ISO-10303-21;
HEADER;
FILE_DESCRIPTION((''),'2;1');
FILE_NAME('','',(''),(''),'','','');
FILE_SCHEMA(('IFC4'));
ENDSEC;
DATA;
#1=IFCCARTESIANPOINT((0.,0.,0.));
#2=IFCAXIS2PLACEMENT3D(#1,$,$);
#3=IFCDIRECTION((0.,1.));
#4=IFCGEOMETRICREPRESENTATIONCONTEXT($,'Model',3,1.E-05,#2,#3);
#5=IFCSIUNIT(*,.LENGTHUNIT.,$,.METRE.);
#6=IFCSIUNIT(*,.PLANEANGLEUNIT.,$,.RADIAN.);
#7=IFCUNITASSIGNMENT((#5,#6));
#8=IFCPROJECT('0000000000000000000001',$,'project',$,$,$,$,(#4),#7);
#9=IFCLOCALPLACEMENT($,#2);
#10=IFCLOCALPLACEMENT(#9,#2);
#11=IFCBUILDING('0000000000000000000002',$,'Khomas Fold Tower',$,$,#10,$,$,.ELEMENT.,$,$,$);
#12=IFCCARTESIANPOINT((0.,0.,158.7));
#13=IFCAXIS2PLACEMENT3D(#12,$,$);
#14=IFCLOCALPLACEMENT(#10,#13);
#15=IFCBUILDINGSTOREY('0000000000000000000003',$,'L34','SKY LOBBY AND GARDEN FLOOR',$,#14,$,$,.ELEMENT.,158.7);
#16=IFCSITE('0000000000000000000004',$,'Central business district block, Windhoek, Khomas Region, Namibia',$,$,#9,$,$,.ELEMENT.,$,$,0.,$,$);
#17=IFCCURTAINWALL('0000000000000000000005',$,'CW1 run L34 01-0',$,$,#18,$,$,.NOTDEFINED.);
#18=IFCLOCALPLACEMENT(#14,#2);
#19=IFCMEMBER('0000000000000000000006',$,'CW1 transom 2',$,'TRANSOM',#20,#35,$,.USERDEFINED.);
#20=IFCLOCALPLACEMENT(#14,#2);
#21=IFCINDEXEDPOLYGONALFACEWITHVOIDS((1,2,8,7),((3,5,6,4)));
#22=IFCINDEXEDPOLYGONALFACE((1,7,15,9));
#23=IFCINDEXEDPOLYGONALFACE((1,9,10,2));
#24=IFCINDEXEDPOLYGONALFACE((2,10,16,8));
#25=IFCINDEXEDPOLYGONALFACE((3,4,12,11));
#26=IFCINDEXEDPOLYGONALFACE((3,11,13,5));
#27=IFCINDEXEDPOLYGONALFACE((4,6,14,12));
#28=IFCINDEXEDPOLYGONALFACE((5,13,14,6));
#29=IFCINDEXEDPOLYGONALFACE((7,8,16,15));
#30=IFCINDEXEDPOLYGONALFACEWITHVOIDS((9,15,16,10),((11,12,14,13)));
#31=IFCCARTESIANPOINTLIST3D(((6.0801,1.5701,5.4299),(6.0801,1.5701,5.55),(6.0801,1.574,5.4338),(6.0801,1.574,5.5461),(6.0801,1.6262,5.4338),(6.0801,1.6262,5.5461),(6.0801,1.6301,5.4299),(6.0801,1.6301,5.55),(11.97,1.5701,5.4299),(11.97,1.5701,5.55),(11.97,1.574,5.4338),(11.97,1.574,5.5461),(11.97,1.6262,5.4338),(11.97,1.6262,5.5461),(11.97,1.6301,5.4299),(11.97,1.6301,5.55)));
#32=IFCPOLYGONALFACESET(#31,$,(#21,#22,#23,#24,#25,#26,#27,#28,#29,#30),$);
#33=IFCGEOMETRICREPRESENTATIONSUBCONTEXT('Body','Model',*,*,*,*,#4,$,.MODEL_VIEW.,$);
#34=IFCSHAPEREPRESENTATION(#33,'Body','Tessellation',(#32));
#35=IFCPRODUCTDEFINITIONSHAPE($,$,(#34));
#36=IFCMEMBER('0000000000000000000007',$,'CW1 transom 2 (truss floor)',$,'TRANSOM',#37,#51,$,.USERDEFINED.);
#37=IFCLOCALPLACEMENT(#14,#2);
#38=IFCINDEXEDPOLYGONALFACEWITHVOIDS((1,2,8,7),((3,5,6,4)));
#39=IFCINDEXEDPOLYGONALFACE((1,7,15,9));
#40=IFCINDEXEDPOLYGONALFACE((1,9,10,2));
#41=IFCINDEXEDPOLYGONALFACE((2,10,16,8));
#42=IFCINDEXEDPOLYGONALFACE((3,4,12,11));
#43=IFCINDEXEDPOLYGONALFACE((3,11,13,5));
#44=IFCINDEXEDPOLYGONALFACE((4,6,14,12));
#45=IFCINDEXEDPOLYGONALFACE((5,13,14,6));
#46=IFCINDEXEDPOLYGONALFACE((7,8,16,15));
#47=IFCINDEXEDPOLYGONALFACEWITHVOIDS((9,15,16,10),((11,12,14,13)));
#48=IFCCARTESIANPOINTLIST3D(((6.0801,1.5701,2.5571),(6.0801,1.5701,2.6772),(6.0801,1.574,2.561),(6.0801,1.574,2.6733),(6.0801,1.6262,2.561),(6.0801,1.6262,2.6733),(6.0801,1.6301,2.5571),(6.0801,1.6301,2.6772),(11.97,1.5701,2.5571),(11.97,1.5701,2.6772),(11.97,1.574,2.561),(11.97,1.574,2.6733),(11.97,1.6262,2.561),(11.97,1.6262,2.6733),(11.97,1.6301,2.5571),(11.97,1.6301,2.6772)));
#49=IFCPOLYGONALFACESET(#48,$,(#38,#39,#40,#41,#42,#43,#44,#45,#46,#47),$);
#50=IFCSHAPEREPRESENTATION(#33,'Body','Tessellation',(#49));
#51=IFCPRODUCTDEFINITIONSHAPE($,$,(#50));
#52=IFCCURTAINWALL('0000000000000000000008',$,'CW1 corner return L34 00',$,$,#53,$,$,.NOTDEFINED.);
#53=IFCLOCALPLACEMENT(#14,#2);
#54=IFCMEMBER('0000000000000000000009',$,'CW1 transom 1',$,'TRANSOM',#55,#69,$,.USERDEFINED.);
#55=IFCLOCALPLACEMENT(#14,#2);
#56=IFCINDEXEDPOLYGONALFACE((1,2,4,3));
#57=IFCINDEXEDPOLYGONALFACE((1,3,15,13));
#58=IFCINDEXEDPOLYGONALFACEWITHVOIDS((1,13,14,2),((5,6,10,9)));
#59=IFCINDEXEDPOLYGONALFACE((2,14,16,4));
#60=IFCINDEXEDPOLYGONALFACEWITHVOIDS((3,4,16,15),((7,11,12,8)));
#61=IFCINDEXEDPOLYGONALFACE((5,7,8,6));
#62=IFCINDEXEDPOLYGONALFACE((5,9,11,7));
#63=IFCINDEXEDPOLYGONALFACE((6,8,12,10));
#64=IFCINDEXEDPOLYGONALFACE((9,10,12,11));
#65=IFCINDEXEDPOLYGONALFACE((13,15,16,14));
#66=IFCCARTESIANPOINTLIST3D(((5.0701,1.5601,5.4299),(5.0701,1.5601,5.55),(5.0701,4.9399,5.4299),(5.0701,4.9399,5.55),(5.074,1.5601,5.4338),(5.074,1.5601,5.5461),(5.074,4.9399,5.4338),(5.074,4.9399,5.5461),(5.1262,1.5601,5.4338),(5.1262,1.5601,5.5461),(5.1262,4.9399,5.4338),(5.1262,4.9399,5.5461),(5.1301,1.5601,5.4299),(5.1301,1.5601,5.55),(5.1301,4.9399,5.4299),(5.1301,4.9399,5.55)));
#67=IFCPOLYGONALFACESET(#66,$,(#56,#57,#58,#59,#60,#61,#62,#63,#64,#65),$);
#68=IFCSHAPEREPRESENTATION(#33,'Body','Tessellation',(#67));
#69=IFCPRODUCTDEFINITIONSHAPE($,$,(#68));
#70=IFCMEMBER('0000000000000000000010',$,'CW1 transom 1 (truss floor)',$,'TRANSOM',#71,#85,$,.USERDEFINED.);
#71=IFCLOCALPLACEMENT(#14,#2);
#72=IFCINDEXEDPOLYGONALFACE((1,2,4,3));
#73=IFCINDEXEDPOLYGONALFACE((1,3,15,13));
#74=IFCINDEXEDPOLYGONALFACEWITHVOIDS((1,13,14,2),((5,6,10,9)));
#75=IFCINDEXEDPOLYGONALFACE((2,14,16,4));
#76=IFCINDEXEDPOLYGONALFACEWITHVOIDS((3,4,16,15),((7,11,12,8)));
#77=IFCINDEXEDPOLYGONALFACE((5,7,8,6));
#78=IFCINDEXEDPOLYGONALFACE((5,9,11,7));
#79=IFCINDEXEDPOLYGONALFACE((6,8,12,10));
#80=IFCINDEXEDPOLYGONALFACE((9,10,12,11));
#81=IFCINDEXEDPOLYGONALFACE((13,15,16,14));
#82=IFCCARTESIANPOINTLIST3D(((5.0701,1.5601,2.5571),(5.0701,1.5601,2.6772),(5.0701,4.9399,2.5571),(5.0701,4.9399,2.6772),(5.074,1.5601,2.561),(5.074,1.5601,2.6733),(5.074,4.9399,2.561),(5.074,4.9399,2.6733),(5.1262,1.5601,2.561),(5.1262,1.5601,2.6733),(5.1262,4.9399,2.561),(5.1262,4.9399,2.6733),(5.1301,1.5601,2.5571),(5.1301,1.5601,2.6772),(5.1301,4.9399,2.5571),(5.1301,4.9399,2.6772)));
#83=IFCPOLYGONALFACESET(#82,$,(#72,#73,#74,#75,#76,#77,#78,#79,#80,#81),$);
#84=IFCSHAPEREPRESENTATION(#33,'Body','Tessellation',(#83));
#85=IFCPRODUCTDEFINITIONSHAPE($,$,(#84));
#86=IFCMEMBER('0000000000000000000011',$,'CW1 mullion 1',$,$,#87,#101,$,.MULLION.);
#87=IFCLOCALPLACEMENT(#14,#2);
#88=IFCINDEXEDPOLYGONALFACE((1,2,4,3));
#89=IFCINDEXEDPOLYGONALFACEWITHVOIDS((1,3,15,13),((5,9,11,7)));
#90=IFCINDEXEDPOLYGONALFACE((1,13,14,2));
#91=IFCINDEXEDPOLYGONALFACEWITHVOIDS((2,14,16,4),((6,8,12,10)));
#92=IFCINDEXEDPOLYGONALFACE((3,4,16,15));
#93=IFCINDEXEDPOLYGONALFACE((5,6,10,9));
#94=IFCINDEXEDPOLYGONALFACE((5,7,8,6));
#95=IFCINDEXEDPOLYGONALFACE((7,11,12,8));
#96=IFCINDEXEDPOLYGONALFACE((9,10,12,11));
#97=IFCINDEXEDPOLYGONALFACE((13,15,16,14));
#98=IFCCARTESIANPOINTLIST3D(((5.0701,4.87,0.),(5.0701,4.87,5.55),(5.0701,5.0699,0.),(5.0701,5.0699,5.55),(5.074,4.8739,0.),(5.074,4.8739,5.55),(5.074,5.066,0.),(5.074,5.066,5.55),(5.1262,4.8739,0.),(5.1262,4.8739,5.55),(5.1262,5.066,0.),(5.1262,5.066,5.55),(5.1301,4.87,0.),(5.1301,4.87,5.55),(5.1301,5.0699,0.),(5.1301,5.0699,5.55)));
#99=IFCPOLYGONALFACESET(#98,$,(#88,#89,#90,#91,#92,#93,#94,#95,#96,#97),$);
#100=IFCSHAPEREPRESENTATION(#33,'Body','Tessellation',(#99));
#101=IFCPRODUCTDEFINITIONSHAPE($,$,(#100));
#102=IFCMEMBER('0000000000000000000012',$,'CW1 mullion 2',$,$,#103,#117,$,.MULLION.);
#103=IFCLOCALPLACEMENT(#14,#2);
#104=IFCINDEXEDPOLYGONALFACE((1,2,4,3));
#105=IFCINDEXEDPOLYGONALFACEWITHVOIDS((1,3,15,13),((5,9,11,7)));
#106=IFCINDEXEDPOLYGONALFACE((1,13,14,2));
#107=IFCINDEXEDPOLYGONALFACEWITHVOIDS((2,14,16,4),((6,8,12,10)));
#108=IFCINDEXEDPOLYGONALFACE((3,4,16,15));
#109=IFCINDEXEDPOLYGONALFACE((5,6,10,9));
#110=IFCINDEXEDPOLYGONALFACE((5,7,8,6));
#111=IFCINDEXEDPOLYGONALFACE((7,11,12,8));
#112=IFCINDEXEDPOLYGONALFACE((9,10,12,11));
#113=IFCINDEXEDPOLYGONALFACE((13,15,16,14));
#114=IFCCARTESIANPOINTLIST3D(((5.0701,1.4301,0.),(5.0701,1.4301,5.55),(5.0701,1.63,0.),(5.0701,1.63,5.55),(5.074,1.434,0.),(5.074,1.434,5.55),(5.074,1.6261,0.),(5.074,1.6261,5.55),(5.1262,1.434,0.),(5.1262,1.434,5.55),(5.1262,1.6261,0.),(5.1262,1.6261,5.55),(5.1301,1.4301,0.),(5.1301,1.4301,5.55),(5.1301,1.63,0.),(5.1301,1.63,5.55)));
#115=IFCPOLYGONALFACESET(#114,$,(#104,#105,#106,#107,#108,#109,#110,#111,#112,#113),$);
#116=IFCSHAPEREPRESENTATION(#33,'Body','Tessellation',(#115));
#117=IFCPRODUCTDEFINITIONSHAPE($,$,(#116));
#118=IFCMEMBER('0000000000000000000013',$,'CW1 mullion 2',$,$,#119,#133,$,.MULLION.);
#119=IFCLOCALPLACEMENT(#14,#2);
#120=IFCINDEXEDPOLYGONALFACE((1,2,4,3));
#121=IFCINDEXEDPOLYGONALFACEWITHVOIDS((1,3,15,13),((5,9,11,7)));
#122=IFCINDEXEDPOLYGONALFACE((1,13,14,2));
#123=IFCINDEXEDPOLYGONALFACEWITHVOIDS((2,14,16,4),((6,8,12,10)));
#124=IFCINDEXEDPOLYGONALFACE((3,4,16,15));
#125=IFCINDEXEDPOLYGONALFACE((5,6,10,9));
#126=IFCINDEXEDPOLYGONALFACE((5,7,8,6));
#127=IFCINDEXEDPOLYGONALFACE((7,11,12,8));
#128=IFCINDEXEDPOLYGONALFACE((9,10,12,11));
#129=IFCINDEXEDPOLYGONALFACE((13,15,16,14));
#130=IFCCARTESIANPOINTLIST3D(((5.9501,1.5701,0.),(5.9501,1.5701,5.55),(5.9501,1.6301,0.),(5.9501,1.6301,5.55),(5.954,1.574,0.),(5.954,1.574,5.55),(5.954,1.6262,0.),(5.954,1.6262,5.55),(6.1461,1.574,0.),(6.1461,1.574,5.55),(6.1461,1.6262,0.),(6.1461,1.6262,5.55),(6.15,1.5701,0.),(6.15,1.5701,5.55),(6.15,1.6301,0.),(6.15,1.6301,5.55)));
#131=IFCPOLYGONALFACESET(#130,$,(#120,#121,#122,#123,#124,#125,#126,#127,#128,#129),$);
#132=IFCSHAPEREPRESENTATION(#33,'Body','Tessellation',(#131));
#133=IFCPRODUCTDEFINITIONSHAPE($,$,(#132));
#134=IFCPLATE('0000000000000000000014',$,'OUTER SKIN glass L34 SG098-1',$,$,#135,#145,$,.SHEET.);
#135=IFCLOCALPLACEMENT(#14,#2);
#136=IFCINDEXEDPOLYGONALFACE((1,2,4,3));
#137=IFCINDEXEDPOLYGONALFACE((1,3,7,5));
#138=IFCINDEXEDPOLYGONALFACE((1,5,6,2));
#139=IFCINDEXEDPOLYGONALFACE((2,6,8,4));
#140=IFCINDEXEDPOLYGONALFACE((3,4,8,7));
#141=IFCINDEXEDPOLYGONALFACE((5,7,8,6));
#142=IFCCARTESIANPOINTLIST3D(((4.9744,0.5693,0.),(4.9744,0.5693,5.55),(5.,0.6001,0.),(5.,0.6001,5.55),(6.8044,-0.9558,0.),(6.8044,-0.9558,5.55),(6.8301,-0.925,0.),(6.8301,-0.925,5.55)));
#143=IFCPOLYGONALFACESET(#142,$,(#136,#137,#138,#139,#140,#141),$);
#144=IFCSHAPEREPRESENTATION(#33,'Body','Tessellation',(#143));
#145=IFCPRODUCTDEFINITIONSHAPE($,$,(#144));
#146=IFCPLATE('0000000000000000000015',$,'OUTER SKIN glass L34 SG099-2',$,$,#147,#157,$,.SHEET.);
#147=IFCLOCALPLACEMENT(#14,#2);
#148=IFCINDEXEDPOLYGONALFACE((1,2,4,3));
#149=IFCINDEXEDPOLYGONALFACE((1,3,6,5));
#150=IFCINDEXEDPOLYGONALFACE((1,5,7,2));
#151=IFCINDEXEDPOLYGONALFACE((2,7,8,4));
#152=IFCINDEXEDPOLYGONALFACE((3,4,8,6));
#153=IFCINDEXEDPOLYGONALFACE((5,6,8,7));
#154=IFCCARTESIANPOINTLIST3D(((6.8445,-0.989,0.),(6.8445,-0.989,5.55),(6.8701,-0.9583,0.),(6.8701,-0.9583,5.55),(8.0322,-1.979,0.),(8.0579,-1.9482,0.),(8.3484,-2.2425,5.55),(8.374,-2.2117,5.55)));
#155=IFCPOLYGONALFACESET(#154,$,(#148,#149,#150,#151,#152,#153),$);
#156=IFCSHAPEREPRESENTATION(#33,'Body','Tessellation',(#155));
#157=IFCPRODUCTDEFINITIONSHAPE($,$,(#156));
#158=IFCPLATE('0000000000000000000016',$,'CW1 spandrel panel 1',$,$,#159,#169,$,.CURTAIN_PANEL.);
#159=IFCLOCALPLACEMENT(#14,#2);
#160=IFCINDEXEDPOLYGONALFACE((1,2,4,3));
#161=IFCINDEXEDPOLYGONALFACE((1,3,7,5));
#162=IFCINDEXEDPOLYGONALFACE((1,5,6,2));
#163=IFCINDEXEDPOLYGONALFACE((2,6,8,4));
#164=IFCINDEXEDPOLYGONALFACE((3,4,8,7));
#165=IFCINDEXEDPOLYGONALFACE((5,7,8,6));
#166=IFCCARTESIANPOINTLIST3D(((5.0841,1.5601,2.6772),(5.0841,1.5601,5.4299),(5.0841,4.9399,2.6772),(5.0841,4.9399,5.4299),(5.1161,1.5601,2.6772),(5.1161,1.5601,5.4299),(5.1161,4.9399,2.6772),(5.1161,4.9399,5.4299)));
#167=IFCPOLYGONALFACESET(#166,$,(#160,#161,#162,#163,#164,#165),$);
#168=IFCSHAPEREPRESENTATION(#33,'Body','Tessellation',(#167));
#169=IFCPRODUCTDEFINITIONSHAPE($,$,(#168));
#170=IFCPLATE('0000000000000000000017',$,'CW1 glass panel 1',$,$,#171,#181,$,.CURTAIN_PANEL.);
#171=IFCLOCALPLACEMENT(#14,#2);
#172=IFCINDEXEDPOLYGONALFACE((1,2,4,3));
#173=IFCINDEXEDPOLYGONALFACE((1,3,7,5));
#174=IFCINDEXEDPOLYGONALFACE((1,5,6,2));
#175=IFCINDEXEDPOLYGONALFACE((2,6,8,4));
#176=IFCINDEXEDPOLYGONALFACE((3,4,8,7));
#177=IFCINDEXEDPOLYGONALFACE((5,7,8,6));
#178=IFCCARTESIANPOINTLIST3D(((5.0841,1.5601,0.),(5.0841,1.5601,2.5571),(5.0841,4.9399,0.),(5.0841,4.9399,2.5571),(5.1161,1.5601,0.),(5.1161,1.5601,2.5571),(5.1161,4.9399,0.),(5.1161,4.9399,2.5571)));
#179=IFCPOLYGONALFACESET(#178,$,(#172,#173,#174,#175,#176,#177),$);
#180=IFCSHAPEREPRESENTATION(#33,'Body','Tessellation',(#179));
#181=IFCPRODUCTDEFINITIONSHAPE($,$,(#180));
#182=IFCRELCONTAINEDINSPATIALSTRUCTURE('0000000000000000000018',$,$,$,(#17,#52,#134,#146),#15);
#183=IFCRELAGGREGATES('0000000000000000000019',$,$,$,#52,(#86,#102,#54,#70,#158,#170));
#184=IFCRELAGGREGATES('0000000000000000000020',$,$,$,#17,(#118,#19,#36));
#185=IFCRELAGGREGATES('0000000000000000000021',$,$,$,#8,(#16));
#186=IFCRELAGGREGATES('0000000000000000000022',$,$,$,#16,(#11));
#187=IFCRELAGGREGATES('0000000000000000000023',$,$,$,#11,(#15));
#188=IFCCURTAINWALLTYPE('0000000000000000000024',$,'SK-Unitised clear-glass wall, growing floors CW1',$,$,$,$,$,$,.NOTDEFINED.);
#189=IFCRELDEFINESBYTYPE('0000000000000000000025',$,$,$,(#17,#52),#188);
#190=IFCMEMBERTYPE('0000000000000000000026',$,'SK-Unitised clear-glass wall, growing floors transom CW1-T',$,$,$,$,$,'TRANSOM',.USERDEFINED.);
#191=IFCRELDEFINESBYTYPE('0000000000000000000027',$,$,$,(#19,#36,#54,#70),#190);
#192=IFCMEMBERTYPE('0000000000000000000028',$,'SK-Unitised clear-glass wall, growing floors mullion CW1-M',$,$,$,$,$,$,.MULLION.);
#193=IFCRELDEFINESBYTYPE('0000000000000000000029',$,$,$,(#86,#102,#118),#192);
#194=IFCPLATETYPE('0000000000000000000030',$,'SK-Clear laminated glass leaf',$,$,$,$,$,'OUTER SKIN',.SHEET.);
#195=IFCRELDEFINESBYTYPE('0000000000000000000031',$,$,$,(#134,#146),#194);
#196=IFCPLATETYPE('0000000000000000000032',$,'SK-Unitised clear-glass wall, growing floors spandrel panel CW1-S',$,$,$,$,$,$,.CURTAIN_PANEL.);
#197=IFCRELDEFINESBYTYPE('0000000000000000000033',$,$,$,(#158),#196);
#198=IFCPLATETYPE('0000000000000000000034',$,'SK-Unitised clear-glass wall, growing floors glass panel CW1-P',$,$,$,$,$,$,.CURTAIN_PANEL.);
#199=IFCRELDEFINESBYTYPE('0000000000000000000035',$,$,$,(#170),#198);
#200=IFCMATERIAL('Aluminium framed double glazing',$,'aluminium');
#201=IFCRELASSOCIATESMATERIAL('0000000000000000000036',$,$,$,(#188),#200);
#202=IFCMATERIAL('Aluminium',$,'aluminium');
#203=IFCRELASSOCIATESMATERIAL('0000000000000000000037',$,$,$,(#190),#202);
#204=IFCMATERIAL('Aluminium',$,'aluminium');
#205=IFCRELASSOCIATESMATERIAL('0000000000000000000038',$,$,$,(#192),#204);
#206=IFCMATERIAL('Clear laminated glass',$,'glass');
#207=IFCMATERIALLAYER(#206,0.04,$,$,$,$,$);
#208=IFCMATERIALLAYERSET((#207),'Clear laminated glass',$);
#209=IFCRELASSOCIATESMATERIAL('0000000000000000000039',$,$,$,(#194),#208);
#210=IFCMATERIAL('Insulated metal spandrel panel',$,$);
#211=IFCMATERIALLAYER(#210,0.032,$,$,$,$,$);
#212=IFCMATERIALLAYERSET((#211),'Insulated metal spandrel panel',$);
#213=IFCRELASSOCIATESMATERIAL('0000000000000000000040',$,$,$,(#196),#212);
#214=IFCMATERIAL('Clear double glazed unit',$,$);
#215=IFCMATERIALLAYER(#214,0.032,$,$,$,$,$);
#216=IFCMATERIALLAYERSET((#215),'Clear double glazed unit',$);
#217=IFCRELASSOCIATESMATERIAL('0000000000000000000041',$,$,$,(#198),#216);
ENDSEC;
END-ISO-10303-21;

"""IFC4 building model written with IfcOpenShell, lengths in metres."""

from ifc_helpers import new_model, si_unit, direction, frame, origin, origin_2d, place, context, subcontext, project, spatial, polyline, rectangle, hollow_rectangle, outline, extrude, source, transform, mapped, material, layer, layer_set, material_profile, profile_set, type_object, element, aggregate, save


model = new_model("IFC4")

# Units and contexts
model_context = context("Model", 3, precision=1e-05, world=origin(), true_north=direction((0.0, 1.0)))
body_context = subcontext(model_context, "Body", "Model", "MODEL_VIEW")
ifc_project = project(units=[si_unit("LENGTHUNIT", "METRE"), si_unit("PLANEANGLEUNIT", "RADIAN")], contexts=[model_context])

# Site, building, storey
site_placement = place(None, origin())
site = spatial("IfcSite", under=ifc_project, at=site_placement, Name="Central business district block, Windhoek, Khomas Region, Namibia", CompositionType="ELEMENT", RefElevation=0.0)
building_placement = place(site_placement, origin())
building = spatial("IfcBuilding", under=site, at=building_placement, Name="Khomas Fold Tower", CompositionType="ELEMENT")
storey_placement = place(building_placement, frame((0.0, 0.0, 158.7)))
storey = spatial("IfcBuildingStorey", under=building, at=storey_placement, Name="L34", Description="SKY LOBBY AND GARDEN FLOOR", CompositionType="ELEMENT", Elevation=158.7)

# Curtain walls, members
ifc_material_1 = material(Name="Aluminium framed double glazing", Category="aluminium")
curtain_wall_type = type_object("IfcCurtainWallType", Name="SK-Unitised clear-glass wall, growing floors CW1", PredefinedType="NOTDEFINED", material=ifc_material_1)
curtain_wall_1_placement = place(storey_placement, origin())
curtain_wall_1 = element("IfcCurtainWall", 1, at=curtain_wall_1_placement, inside=storey, type_object=curtain_wall_type, Name="CW1 run L34 01-0", PredefinedType="NOTDEFINED")
ifc_material_2 = material(Name="Aluminium", Category="aluminium")
ifc_material_profile_1 = material_profile(ifc_material_2, hollow_rectangle(XDim=0.0601, YDim=0.1201, WallThickness=0.0039, at=origin_2d()), Name="SK-Unitised clear-glass wall, growing floors transom CW1-T")
ifc_profile_set_1 = profile_set([ifc_material_profile_1], Name="Aluminium")
member_type_1 = type_object("IfcMemberType", Name="SK-Unitised clear-glass wall, growing floors transom CW1-T", ElementType="TRANSOM", PredefinedType="USERDEFINED", material=ifc_profile_set_1)
shared_shape_1 = source(origin(), body_context, "Body", "SweptSolid", [
    extrude(hollow_rectangle(XDim=0.0601, YDim=0.1201, WallThickness=0.0039, at=origin_2d()), origin(), (0.0, 0.0, 1.0), 5.8899),
])
member_1_placement = place(storey_placement, frame((6.0801, 1.6001, 5.49), z_axis=(1.0, 0.0, 0.0), x_axis=(0.0, 1.0, 0.0)))
member_1 = element("IfcMember", 2, at=member_1_placement, type_object=member_type_1, Name="CW1 transom 2", ObjectType="TRANSOM", PredefinedType="USERDEFINED", context=body_context, shape_type="MappedRepresentation", body=[
    mapped(shared_shape_1, transform((0.0, 0.0, 0.0))),
])
member_2_placement = place(storey_placement, frame((6.0801, 1.6001, 2.6172), z_axis=(1.0, 0.0, 0.0), x_axis=(0.0, 1.0, 0.0)))
member_2 = element("IfcMember", 3, at=member_2_placement, type_object=member_type_1, Name="CW1 transom 2 (truss floor)", ObjectType="TRANSOM", PredefinedType="USERDEFINED", context=body_context, shape_type="MappedRepresentation", body=[
    mapped(shared_shape_1, transform((0.0, 0.0, 0.0))),
])
curtain_wall_2_placement = place(storey_placement, origin())
curtain_wall_2 = element("IfcCurtainWall", 4, at=curtain_wall_2_placement, inside=storey, type_object=curtain_wall_type, Name="CW1 corner return L34 00", PredefinedType="NOTDEFINED")
shared_shape_2 = source(origin(), body_context, "Body", "SweptSolid", [
    extrude(hollow_rectangle(XDim=0.0601, YDim=0.1201, WallThickness=0.0039, at=origin_2d()), origin(), (0.0, 0.0, 1.0), 3.3799),
])
member_3_placement = place(storey_placement, frame((5.1001, 4.9399, 5.49), z_axis=(0.0, -1.0, 0.0), x_axis=(1.0, 0.0, 0.0)))
member_3 = element("IfcMember", 5, at=member_3_placement, type_object=member_type_1, Name="CW1 transom 1", ObjectType="TRANSOM", PredefinedType="USERDEFINED", context=body_context, shape_type="MappedRepresentation", body=[
    mapped(shared_shape_2, transform((0.0, 0.0, 0.0))),
])
member_4_placement = place(storey_placement, frame((5.1001, 4.9399, 2.6172), z_axis=(0.0, -1.0, 0.0), x_axis=(1.0, 0.0, 0.0)))
member_4 = element("IfcMember", 6, at=member_4_placement, type_object=member_type_1, Name="CW1 transom 1 (truss floor)", ObjectType="TRANSOM", PredefinedType="USERDEFINED", context=body_context, shape_type="MappedRepresentation", body=[
    mapped(shared_shape_2, transform((0.0, 0.0, 0.0))),
])
ifc_material_3 = material(Name="Aluminium", Category="aluminium")
ifc_material_profile_2 = material_profile(ifc_material_3, hollow_rectangle(XDim=0.0601, YDim=0.2, WallThickness=0.0039, at=origin_2d()), Name="SK-Unitised clear-glass wall, growing floors mullion CW1-M")
ifc_profile_set_2 = profile_set([ifc_material_profile_2], Name="Aluminium")
member_type_2 = type_object("IfcMemberType", Name="SK-Unitised clear-glass wall, growing floors mullion CW1-M", PredefinedType="MULLION", material=ifc_profile_set_2)
shared_shape_3 = source(origin(), body_context, "Body", "SweptSolid", [
    extrude(hollow_rectangle(XDim=0.0601, YDim=0.2, WallThickness=0.0039, at=origin_2d()), origin(), (0.0, 0.0, 1.0), 5.55),
])
member_5_placement = place(storey_placement, frame((5.1001, 4.97, 0.0), z_axis=(0.0, 0.0, 1.0), x_axis=(1.0, 0.0, 0.0)))
member_5 = element("IfcMember", 7, at=member_5_placement, type_object=member_type_2, Name="CW1 mullion 1", PredefinedType="MULLION", context=body_context, shape_type="MappedRepresentation", body=[
    mapped(shared_shape_3, transform((0.0, 0.0, 0.0))),
])
member_6_placement = place(storey_placement, frame((5.1001, 1.53, 0.0), z_axis=(0.0, 0.0, 1.0), x_axis=(1.0, 0.0, 0.0)))
member_6 = element("IfcMember", 8, at=member_6_placement, type_object=member_type_2, Name="CW1 mullion 2", PredefinedType="MULLION", context=body_context, shape_type="MappedRepresentation", body=[
    mapped(shared_shape_3, transform((0.0, 0.0, 0.0))),
])

# Member
member_7_placement = place(storey_placement, frame((6.05, 1.6001, 0.0), z_axis=(0.0, 0.0, 1.0), x_axis=(0.0, 1.0, 0.0)))
member_7 = element("IfcMember", 9, at=member_7_placement, type_object=member_type_2, Name="CW1 mullion 2", PredefinedType="MULLION", context=body_context, shape_type="MappedRepresentation", body=[
    mapped(shared_shape_3, transform((0.0, 0.0, 0.0))),
])

# Plates
ifc_material_4 = material(Name="Clear laminated glass", Category="glass")
ifc_layer_1 = layer(ifc_material_4, 0.04)
ifc_layer_set_1 = layer_set([ifc_layer_1], Name="Clear laminated glass")
plate_type_1 = type_object("IfcPlateType", Name="SK-Clear laminated glass leaf", ElementType="OUTER SKIN", PredefinedType="SHEET", material=ifc_layer_set_1)
plate_1_placement = place(storey_placement, frame((5.0, 0.6001, 0.0), z_axis=(0.640205, 0.768204, 0.0), x_axis=(0.0, 0.0, 1.0)))
element("IfcPlate", 10, at=plate_1_placement, inside=storey, type_object=plate_type_1, Name="OUTER SKIN glass L34 SG098-1", PredefinedType="SHEET", context=body_context, shape_type="SweptSolid", body=[
    extrude(outline(polyline([(0.0, 0.0), (5.55, 0.0), (5.55, 2.3823), (0.0, 2.3823), (0.0, 0.0)])), origin(), (0.0, 0.0, -1.0), 0.04),
])
plate_2_placement = place(storey_placement, frame((8.0322, -1.979, 0.0), z_axis=(-0.640246, -0.76817, 0.000006), x_axis=(-0.76817, 0.640246, 0.0)))
element("IfcPlate", 11, at=plate_2_placement, inside=storey, type_object=plate_type_1, Name="OUTER SKIN glass L34 SG099-2", PredefinedType="SHEET", context=body_context, shape_type="SweptSolid", body=[
    extrude(outline(polyline([(0.0, 0.0), (1.5462, 0.0), (1.5462, -5.55), (-0.4115, -5.55), (0.0, 0.0)])), origin(), (0.0, 0.0, -1.0), 0.04),
])

# Plates
ifc_material_5 = material(Name="Insulated metal spandrel panel")
ifc_layer_2 = layer(ifc_material_5, 0.032)
ifc_layer_set_2 = layer_set([ifc_layer_2], Name="Insulated metal spandrel panel")
plate_type_2 = type_object("IfcPlateType", Name="SK-Unitised clear-glass wall, growing floors spandrel panel CW1-S", PredefinedType="CURTAIN_PANEL", material=ifc_layer_set_2)
shared_shape_4 = source(origin(), body_context, "Body", "SweptSolid", [
    extrude(rectangle(XDim=3.3799, YDim=0.032, at=origin_2d()), origin(), (0.0, 0.0, 1.0), 2.7527),
])
plate_3_placement = place(storey_placement, frame((5.1001, 3.25, 2.6772), z_axis=(0.0, 0.0, 1.0), x_axis=(0.0, -1.0, 0.0)))
plate_3 = element("IfcPlate", 12, at=plate_3_placement, type_object=plate_type_2, Name="CW1 spandrel panel 1", PredefinedType="CURTAIN_PANEL", context=body_context, shape_type="MappedRepresentation", body=[
    mapped(shared_shape_4, transform((0.0, 0.0, 0.0))),
])
ifc_material_6 = material(Name="Clear double glazed unit")
ifc_layer_3 = layer(ifc_material_6, 0.032)
ifc_layer_set_3 = layer_set([ifc_layer_3], Name="Clear double glazed unit")
plate_type_3 = type_object("IfcPlateType", Name="SK-Unitised clear-glass wall, growing floors glass panel CW1-P", PredefinedType="CURTAIN_PANEL", material=ifc_layer_set_3)
shared_shape_5 = source(origin(), body_context, "Body", "SweptSolid", [
    extrude(rectangle(XDim=3.3799, YDim=0.032, at=origin_2d()), origin(), (0.0, 0.0, 1.0), 2.5571),
])
plate_4_placement = place(storey_placement, frame((5.1001, 3.25, 0.0), z_axis=(0.0, 0.0, 1.0), x_axis=(0.0, -1.0, 0.0)))
plate_4 = element("IfcPlate", 13, at=plate_4_placement, type_object=plate_type_3, Name="CW1 glass panel 1", PredefinedType="CURTAIN_PANEL", context=body_context, shape_type="MappedRepresentation", body=[
    mapped(shared_shape_5, transform((0.0, 0.0, 0.0))),
])
aggregate(curtain_wall_2, [member_5, member_6, member_3, member_4, plate_3, plate_4])
aggregate(curtain_wall_1, [member_7, member_1, member_2])

save(model, "model.ifc")
